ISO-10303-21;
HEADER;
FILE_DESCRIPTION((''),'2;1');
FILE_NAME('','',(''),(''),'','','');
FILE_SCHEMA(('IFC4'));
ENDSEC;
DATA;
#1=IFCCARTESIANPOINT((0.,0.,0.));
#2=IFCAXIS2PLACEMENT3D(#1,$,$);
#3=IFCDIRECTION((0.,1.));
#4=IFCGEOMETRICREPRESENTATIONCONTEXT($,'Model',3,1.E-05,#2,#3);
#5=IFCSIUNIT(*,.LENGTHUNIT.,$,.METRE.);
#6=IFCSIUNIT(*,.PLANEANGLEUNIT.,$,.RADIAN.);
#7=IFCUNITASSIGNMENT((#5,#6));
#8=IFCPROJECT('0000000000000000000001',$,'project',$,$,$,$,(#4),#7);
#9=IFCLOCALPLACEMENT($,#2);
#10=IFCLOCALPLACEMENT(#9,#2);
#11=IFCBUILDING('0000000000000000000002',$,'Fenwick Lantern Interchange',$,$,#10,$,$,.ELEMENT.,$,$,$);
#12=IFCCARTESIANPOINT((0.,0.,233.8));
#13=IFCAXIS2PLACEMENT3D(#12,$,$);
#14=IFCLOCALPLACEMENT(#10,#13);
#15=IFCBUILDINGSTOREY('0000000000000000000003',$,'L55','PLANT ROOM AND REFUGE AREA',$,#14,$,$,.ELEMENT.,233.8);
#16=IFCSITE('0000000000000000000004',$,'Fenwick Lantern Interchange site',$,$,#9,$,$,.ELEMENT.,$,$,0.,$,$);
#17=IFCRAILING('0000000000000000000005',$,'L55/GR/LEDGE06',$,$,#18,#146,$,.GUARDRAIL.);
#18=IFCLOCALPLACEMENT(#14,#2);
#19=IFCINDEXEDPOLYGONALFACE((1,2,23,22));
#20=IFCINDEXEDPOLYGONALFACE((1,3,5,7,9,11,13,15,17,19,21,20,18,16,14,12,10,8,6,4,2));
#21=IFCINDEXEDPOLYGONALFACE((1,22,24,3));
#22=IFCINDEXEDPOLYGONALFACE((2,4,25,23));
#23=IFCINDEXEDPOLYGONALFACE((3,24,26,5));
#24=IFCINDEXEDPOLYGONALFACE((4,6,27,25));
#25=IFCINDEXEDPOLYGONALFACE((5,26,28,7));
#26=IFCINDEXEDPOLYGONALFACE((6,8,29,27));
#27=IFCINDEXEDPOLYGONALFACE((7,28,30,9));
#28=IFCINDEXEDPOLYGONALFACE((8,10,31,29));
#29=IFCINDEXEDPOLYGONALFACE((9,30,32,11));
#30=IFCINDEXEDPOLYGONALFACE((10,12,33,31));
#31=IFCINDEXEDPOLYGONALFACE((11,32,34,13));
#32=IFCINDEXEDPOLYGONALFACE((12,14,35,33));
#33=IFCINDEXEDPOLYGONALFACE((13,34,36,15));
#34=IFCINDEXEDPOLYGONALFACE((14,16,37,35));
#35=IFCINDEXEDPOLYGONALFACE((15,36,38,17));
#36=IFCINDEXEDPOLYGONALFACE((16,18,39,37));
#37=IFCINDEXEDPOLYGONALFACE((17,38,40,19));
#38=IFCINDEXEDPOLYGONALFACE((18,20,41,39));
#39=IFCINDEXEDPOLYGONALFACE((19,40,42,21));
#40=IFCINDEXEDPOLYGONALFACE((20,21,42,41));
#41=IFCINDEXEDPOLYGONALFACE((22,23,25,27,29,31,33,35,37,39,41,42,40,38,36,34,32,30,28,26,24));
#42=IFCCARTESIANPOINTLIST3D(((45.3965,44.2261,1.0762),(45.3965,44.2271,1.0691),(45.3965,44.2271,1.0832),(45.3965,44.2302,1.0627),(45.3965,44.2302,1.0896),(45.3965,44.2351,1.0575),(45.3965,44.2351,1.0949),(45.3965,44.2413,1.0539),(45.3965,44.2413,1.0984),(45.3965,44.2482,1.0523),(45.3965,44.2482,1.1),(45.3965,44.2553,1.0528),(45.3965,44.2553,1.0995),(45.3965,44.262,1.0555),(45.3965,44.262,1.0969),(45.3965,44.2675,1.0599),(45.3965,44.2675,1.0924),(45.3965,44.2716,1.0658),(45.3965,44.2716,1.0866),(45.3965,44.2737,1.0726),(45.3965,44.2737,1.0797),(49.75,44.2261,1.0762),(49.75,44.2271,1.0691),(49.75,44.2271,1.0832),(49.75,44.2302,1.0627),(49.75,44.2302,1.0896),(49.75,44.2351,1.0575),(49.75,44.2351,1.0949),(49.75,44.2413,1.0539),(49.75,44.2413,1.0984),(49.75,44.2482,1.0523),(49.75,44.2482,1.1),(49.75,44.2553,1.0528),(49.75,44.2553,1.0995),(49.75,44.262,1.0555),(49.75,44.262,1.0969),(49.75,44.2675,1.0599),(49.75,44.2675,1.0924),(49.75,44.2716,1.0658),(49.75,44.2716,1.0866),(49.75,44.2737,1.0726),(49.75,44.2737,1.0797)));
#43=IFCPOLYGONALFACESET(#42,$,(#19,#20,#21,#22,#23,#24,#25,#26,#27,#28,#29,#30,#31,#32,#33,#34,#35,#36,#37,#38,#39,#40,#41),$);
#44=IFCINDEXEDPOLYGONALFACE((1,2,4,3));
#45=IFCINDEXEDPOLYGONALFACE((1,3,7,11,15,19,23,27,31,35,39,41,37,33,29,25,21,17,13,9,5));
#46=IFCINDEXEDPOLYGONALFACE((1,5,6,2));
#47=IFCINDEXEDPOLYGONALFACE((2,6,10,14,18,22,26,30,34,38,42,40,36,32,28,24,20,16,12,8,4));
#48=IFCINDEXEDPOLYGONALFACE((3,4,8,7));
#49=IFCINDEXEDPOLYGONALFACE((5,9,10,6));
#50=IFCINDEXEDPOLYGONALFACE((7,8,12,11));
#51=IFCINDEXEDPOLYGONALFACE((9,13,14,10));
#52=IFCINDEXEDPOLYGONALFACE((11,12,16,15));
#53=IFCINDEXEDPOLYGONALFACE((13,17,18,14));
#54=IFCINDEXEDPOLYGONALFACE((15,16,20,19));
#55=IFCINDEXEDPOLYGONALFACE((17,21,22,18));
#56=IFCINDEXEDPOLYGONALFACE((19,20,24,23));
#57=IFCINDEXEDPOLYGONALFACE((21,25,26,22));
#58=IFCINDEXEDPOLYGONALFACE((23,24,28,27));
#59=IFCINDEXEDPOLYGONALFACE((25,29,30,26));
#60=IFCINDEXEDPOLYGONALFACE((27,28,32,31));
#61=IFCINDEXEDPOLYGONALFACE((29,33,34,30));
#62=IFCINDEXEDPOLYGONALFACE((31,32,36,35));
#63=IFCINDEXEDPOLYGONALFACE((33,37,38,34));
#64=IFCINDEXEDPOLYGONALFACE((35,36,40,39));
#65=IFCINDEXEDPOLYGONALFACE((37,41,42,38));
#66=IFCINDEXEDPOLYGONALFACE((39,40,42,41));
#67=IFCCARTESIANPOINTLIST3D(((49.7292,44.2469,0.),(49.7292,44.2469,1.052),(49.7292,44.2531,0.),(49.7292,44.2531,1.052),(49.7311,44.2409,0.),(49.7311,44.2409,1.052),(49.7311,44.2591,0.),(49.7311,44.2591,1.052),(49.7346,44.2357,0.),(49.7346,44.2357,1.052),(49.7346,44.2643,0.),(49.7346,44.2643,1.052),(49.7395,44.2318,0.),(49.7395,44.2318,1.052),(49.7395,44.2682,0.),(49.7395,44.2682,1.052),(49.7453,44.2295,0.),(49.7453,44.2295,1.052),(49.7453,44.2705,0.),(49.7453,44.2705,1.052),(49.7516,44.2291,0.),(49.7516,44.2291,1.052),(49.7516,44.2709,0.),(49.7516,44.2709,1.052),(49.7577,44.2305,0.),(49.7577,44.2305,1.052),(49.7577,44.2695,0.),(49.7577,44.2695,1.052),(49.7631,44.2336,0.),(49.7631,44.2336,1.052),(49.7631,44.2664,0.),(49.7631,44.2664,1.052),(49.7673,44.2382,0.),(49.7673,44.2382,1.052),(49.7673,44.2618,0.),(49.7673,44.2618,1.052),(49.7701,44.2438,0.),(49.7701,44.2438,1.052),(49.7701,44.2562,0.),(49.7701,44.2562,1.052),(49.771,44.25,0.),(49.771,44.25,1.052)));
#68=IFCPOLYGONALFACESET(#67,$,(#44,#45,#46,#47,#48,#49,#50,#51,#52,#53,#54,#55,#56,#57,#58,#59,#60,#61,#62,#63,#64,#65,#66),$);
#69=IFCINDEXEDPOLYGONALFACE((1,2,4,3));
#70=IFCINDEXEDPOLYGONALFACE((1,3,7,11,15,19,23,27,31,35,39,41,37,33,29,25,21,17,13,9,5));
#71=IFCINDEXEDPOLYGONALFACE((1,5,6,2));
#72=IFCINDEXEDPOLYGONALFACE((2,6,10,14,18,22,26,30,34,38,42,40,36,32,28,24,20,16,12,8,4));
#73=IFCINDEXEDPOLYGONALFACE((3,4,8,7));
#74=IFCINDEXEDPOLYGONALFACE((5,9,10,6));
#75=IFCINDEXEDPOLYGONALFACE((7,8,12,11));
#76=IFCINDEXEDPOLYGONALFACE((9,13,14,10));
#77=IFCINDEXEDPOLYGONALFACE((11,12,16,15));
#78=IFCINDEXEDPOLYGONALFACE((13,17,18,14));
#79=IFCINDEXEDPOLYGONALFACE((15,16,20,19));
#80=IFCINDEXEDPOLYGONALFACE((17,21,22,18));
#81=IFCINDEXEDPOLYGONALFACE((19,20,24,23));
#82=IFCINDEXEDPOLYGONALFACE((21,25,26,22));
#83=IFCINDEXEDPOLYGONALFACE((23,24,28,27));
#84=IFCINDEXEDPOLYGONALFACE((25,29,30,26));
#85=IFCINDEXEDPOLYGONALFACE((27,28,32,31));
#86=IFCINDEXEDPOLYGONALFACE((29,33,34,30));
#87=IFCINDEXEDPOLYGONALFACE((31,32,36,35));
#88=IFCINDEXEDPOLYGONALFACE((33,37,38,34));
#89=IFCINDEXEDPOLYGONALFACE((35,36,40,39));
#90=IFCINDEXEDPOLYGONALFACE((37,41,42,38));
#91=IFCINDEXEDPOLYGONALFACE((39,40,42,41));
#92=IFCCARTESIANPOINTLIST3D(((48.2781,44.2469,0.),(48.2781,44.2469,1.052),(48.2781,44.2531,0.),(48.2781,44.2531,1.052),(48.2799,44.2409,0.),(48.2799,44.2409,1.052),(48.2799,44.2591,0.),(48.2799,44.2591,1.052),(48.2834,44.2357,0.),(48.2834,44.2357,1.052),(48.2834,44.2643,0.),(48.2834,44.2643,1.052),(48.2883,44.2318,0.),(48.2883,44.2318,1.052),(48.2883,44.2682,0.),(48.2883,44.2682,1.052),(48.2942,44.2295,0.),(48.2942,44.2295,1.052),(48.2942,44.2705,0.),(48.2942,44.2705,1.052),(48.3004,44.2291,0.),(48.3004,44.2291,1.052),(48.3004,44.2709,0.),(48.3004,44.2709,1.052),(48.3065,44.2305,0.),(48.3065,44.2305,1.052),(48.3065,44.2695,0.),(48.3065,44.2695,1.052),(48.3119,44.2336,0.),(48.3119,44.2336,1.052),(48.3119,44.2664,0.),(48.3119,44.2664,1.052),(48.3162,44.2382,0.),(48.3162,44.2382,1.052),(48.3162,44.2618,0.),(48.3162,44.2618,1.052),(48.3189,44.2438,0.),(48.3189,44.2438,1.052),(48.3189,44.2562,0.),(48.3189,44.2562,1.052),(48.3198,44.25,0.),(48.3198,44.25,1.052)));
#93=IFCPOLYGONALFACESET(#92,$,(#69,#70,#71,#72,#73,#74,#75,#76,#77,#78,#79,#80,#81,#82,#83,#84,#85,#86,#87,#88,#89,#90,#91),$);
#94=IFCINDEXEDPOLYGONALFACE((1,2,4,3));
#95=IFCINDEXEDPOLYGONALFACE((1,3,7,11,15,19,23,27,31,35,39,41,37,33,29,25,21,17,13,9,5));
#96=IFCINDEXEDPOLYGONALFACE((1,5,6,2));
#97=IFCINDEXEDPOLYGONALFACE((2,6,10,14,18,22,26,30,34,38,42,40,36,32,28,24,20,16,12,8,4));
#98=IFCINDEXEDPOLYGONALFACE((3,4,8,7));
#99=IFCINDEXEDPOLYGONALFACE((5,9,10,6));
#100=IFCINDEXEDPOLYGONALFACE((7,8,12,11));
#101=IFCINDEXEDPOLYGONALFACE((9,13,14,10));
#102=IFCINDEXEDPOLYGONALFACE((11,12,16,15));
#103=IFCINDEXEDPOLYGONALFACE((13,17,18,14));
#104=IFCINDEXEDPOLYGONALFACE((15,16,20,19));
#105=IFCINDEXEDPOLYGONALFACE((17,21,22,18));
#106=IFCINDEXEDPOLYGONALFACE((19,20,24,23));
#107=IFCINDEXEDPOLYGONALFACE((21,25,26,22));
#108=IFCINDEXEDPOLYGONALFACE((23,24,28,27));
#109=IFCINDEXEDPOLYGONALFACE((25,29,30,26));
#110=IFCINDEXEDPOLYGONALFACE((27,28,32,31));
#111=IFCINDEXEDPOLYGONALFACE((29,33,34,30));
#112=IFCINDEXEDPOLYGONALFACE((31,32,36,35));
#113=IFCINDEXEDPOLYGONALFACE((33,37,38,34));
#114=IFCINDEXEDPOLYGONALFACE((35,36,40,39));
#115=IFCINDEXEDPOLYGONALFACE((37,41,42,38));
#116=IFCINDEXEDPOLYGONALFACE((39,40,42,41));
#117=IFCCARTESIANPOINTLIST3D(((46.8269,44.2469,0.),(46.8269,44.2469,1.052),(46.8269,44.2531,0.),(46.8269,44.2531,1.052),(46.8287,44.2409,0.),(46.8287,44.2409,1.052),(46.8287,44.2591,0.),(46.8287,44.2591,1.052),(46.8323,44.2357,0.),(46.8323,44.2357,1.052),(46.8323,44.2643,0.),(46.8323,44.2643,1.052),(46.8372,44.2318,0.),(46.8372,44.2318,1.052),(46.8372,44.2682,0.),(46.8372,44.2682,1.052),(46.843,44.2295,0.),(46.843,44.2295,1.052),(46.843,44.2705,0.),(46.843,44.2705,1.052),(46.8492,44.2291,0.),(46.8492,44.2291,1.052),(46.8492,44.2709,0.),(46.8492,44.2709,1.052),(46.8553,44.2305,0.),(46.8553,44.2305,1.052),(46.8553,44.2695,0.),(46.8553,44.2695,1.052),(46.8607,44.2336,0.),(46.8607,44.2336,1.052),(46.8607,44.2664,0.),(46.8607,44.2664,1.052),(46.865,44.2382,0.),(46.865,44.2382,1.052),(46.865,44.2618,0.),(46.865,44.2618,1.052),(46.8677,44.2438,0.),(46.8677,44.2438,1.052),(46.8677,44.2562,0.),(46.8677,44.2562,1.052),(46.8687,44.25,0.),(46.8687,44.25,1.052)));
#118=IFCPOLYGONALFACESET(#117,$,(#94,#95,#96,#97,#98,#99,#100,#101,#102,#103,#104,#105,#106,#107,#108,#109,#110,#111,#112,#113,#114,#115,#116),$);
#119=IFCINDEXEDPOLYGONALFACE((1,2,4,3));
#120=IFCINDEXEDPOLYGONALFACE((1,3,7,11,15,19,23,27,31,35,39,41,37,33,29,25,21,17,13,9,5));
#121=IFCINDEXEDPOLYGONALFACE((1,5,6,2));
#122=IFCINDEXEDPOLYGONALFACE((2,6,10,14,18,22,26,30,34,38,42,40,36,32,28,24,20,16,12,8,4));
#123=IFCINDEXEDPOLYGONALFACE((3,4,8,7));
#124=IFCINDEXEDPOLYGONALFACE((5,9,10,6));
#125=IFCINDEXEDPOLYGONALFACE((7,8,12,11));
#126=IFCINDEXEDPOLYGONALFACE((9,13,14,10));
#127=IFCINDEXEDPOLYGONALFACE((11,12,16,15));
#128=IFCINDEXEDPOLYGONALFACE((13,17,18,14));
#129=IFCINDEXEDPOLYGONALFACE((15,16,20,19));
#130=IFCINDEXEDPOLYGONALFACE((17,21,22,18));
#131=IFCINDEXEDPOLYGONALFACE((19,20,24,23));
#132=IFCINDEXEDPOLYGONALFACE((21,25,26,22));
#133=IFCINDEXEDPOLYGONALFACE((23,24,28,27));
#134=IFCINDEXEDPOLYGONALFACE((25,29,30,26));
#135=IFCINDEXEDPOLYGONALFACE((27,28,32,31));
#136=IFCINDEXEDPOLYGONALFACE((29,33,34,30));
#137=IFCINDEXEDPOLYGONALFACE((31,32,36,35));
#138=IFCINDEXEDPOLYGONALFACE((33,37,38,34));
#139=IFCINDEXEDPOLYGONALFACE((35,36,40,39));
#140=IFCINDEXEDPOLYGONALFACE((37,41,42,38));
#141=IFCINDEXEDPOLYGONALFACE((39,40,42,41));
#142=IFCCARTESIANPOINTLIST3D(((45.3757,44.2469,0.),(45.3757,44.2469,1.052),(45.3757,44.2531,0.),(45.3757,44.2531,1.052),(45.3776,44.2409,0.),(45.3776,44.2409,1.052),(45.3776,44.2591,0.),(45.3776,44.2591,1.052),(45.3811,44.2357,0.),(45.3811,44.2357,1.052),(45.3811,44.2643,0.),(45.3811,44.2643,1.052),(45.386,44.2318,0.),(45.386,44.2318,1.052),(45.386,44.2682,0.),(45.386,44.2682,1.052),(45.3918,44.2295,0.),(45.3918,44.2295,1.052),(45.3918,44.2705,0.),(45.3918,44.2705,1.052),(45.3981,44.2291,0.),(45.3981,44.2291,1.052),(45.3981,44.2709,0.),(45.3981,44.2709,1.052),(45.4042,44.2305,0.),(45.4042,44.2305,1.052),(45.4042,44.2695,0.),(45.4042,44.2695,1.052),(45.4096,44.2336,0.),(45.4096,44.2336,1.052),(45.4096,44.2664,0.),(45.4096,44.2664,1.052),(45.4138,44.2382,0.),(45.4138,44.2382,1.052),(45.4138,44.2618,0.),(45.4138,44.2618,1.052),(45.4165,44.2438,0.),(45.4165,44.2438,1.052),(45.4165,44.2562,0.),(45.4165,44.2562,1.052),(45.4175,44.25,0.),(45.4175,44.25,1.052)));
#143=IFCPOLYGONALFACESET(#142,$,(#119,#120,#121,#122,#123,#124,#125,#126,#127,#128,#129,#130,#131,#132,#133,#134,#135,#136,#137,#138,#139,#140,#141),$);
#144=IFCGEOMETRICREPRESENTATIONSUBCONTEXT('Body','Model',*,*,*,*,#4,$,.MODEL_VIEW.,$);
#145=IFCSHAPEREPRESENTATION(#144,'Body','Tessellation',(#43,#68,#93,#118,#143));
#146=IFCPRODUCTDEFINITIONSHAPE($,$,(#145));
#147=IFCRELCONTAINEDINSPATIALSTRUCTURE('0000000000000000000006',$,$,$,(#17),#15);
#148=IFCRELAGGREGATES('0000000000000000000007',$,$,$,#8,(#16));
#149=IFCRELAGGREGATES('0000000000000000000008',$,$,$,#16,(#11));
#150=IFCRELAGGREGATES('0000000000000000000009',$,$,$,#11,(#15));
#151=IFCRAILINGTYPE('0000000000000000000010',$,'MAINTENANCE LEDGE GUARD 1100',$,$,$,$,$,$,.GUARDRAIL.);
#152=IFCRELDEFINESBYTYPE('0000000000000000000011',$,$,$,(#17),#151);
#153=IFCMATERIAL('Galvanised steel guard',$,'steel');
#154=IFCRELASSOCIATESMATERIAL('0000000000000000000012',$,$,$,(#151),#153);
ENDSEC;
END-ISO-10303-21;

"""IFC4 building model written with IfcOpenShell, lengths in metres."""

from ifc_helpers import new_model, si_unit, direction, frame, origin, origin_2d, place, context, subcontext, project, spatial, circle, extrude, material, type_object, element, save


model = new_model("IFC4")

# Units and contexts
model_context = context("Model", 3, precision=1e-05, world=origin(), true_north=direction((0.0, 1.0)))
body_context = subcontext(model_context, "Body", "Model", "MODEL_VIEW")
ifc_project = project(units=[si_unit("LENGTHUNIT", "METRE"), si_unit("PLANEANGLEUNIT", "RADIAN")], contexts=[model_context])

# Site, building, storey
site_placement = place(None, origin())
site = spatial("IfcSite", under=ifc_project, at=site_placement, Name="Fenwick Lantern Interchange site", CompositionType="ELEMENT", RefElevation=0.0)
building_placement = place(site_placement, origin())
building = spatial("IfcBuilding", under=site, at=building_placement, Name="Fenwick Lantern Interchange", CompositionType="ELEMENT")
storey_placement = place(building_placement, frame((0.0, 0.0, 233.8)))
storey = spatial("IfcBuildingStorey", under=building, at=storey_placement, Name="L55", Description="PLANT ROOM AND REFUGE AREA", CompositionType="ELEMENT", Elevation=233.8)

# Railing
ifc_material_1 = material(Name="Galvanised steel guard", Category="steel")
railing_type = type_object("IfcRailingType", Name="MAINTENANCE LEDGE GUARD 1100", PredefinedType="GUARDRAIL", material=ifc_material_1)
railing_1_placement = place(storey_placement, frame((49.75, 44.25, 0.0)))
element("IfcRailing", 1, at=railing_1_placement, inside=storey, type_object=railing_type, Name="L55/GR/LEDGE06", PredefinedType="GUARDRAIL", context=body_context, shape_type="SweptSolid", body=[
    extrude(circle(Radius=0.0239, at=origin_2d()), frame((0.0, 0.0, 1.0762), z_axis=(-1.0, 0.0, 0.0), x_axis=(0.0, -1.0, 0.0)), (0.0, 0.0, 1.0), 4.3535),
    extrude(circle(Radius=0.021, at=origin_2d()), origin(), (0.0, 0.0, 1.0), 1.052),
    extrude(circle(Radius=0.021, at=origin_2d()), frame((-1.4512, 0.0, 0.0)), (0.0, 0.0, 1.0), 1.052),
    extrude(circle(Radius=0.021, at=origin_2d()), frame((-2.9023, 0.0, 0.0)), (0.0, 0.0, 1.0), 1.052),
    extrude(circle(Radius=0.021, at=origin_2d()), frame((-4.3535, 0.0, 0.0)), (0.0, 0.0, 1.0), 1.052),
])

save(model, "model.ifc")
